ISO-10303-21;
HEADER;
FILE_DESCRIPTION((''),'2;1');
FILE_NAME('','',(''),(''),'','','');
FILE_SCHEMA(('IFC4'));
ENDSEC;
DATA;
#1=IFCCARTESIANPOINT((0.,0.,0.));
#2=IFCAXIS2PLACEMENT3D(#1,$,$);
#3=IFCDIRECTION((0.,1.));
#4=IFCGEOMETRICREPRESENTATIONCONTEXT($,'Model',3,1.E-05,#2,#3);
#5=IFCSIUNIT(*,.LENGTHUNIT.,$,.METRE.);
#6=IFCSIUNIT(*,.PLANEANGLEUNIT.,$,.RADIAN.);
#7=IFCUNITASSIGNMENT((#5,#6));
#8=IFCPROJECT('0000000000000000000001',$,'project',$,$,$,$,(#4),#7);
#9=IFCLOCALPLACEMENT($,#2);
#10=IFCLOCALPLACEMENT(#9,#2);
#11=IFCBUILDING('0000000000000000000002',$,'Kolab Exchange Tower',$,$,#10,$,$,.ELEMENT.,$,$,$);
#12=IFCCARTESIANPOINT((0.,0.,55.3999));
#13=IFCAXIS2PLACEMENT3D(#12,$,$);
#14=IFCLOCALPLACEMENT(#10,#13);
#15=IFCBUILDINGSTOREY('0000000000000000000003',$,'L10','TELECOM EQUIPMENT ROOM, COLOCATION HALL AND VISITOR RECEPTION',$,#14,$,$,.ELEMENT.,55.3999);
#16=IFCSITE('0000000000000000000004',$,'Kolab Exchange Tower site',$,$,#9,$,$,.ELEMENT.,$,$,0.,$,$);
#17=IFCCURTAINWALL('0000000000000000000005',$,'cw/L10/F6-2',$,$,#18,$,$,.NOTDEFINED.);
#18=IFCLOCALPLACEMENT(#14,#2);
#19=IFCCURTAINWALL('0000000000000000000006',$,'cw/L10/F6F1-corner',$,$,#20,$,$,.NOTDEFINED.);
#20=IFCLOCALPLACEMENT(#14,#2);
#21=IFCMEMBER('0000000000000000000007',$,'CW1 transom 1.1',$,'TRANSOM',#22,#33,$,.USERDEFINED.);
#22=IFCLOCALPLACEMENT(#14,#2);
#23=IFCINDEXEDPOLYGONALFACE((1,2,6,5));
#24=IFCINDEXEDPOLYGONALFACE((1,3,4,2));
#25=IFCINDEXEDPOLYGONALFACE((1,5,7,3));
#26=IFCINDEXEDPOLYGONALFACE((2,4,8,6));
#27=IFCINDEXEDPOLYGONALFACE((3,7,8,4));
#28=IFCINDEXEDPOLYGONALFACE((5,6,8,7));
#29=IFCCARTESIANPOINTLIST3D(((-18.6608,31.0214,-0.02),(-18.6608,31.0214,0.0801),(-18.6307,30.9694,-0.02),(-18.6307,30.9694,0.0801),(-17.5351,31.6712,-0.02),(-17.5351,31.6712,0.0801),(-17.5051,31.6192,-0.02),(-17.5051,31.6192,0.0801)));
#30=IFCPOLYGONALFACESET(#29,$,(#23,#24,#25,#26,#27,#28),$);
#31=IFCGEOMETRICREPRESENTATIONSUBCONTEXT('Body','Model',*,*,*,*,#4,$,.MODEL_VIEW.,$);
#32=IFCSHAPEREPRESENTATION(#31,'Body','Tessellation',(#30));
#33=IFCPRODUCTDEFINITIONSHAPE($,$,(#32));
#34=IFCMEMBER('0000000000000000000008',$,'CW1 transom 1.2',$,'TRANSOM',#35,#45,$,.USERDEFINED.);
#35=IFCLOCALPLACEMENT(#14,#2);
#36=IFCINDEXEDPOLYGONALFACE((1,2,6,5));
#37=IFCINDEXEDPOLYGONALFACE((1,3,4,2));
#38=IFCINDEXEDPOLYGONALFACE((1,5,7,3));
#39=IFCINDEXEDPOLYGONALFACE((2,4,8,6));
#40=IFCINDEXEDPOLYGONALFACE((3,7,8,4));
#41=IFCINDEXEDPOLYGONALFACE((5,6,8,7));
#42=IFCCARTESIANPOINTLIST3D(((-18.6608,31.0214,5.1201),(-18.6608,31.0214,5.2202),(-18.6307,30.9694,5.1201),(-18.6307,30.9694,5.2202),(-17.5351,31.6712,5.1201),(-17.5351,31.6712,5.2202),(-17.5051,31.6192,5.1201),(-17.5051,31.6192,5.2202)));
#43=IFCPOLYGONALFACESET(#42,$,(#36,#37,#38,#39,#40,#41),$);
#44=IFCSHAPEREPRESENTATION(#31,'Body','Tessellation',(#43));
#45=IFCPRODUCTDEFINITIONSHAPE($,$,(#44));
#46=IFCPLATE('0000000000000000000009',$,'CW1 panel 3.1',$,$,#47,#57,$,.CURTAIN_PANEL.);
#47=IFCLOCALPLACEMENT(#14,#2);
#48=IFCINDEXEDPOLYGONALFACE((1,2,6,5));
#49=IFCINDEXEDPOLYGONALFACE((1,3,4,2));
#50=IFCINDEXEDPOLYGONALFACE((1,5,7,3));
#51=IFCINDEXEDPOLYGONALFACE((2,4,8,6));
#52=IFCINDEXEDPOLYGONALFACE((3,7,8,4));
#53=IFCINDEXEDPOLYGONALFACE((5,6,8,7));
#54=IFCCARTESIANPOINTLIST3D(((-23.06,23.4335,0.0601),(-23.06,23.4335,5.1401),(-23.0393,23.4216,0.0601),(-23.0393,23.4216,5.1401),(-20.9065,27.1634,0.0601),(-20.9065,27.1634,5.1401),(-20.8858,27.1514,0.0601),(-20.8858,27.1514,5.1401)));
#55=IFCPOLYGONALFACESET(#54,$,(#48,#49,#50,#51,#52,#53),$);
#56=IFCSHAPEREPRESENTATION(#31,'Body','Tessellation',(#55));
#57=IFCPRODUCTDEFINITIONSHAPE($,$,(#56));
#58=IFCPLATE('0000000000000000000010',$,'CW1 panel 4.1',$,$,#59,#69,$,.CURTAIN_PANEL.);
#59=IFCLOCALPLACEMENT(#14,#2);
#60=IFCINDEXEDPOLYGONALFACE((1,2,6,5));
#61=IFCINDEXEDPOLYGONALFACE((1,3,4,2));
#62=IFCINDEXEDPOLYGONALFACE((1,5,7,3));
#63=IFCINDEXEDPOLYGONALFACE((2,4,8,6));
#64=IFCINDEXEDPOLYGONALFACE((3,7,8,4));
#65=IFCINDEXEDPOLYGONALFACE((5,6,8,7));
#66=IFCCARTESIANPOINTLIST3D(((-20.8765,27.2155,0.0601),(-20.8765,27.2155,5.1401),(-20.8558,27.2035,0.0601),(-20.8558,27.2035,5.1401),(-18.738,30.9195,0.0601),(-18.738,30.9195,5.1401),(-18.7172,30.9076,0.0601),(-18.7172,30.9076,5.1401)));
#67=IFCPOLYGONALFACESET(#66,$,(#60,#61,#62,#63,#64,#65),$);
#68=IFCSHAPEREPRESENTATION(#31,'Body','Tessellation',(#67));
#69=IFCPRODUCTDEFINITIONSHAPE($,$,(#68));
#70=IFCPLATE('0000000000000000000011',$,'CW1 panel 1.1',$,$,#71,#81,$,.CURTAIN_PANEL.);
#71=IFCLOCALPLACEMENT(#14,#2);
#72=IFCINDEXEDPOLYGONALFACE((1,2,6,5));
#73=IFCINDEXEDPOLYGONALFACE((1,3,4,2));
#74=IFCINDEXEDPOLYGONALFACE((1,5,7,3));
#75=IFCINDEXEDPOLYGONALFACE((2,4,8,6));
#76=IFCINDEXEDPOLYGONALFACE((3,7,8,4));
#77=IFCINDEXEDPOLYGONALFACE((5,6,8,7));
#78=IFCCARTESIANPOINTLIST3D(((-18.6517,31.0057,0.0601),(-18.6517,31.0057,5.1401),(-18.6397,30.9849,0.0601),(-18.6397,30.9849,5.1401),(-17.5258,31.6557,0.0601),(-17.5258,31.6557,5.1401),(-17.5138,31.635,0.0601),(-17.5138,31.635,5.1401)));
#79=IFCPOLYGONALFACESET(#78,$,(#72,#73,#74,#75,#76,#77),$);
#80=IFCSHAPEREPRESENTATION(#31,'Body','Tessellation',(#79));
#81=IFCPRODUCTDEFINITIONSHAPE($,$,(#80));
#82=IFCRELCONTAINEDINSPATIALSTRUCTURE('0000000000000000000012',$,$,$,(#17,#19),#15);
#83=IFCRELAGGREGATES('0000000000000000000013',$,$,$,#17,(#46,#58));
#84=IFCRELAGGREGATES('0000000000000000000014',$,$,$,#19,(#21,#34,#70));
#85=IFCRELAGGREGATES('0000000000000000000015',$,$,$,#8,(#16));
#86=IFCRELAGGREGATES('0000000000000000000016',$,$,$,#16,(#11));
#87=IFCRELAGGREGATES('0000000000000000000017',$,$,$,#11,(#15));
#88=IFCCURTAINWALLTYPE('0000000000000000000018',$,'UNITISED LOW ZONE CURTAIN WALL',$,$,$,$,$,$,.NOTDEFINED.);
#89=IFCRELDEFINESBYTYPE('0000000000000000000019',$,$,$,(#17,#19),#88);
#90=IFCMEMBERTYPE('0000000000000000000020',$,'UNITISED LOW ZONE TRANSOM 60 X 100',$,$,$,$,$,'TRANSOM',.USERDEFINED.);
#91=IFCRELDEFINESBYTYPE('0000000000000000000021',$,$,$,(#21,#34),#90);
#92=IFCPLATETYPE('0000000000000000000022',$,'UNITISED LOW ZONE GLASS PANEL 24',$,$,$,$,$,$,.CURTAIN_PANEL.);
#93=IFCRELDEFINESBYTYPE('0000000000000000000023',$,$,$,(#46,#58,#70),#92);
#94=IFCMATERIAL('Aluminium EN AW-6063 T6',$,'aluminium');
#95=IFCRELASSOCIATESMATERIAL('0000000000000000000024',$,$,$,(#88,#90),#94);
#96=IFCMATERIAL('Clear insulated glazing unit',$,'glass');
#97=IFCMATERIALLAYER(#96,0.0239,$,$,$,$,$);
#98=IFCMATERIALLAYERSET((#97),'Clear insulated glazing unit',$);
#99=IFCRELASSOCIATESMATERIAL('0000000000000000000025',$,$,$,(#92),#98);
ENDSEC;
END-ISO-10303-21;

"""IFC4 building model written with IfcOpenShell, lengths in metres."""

from ifc_helpers import new_model, si_unit, direction, frame, origin, origin_2d, place, context, subcontext, project, spatial, rectangle, extrude, material, layer, layer_set, material_profile, profile_set, type_object, element, aggregate, save


model = new_model("IFC4")

# Units and contexts
model_context = context("Model", 3, precision=1e-05, world=origin(), true_north=direction((0.0, 1.0)))
body_context = subcontext(model_context, "Body", "Model", "MODEL_VIEW")
ifc_project = project(units=[si_unit("LENGTHUNIT", "METRE"), si_unit("PLANEANGLEUNIT", "RADIAN")], contexts=[model_context])

# Site, building, storey
site_placement = place(None, origin())
site = spatial("IfcSite", under=ifc_project, at=site_placement, Name="Kolab Exchange Tower site", CompositionType="ELEMENT", RefElevation=0.0)
building_placement = place(site_placement, origin())
building = spatial("IfcBuilding", under=site, at=building_placement, Name="Kolab Exchange Tower", CompositionType="ELEMENT")
storey_placement = place(building_placement, frame((0.0, 0.0, 55.3999)))
storey = spatial("IfcBuildingStorey", under=building, at=storey_placement, Name="L10", Description="TELECOM EQUIPMENT ROOM, COLOCATION HALL AND VISITOR RECEPTION", CompositionType="ELEMENT", Elevation=55.3999)

# Curtain walls
ifc_material_1 = material(Name="Aluminium EN AW-6063 T6", Category="aluminium")
curtain_wall_type = type_object("IfcCurtainWallType", Name="UNITISED LOW ZONE CURTAIN WALL", PredefinedType="NOTDEFINED", material=ifc_material_1)
curtain_wall_1_placement = place(storey_placement, origin())
curtain_wall_1 = element("IfcCurtainWall", 1, at=curtain_wall_1_placement, inside=storey, type_object=curtain_wall_type, Name="cw/L10/F6-2", PredefinedType="NOTDEFINED")
curtain_wall_2_placement = place(storey_placement, origin())
curtain_wall_2 = element("IfcCurtainWall", 2, at=curtain_wall_2_placement, inside=storey, type_object=curtain_wall_type, Name="cw/L10/F6F1-corner", PredefinedType="NOTDEFINED")

# Members
ifc_material_profile_1 = material_profile(ifc_material_1, rectangle(XDim=0.0601, YDim=0.1001, at=origin_2d()), Name="RECT 60X100")
ifc_profile_set_1 = profile_set([ifc_material_profile_1], Name="Aluminium EN AW-6063 T6")
member_type_1 = type_object("IfcMemberType", Name="UNITISED LOW ZONE TRANSOM 60 X 100", ElementType="TRANSOM", PredefinedType="USERDEFINED", material=ifc_profile_set_1)
member_1_placement = place(storey_placement, frame((-18.6458, 30.9954, 0.03), z_axis=(0.866039, 0.499977, 0.0), x_axis=(-0.499977, 0.866039, 0.0)))
member_1 = element("IfcMember", 3, at=member_1_placement, type_object=member_type_1, Name="CW1 transom 1.1", ObjectType="TRANSOM", PredefinedType="USERDEFINED", context=body_context, shape_type="SweptSolid", body=[
    extrude(rectangle(XDim=0.0601, YDim=0.1001, at=origin_2d()), origin(), (0.0, 0.0, 1.0), 1.2998),
])
member_2_placement = place(storey_placement, frame((-18.6458, 30.9954, 5.1702), z_axis=(0.866039, 0.499977, 0.0), x_axis=(-0.499977, 0.866039, 0.0)))
member_2 = element("IfcMember", 4, at=member_2_placement, type_object=member_type_1, Name="CW1 transom 1.2", ObjectType="TRANSOM", PredefinedType="USERDEFINED", context=body_context, shape_type="SweptSolid", body=[
    extrude(rectangle(XDim=0.0601, YDim=0.1001, at=origin_2d()), origin(), (0.0, 0.0, 1.0), 1.2998),
])

# Plates
ifc_material_2 = material(Name="Clear insulated glazing unit", Category="glass")
ifc_layer = layer(ifc_material_2, 0.0239)
ifc_layer_set = layer_set([ifc_layer], Name="Clear insulated glazing unit")
plate_type = type_object("IfcPlateType", Name="UNITISED LOW ZONE GLASS PANEL 24", PredefinedType="CURTAIN_PANEL", material=ifc_layer_set)
plate_1_placement = place(storey_placement, frame((-21.9729, 25.2925, 0.0601), z_axis=(0.0, 0.0, 1.0), x_axis=(0.5, 0.866025, 0.0)))
plate_1 = element("IfcPlate", 5, at=plate_1_placement, type_object=plate_type, Name="CW1 panel 3.1", PredefinedType="CURTAIN_PANEL", context=body_context, shape_type="SweptSolid", body=[
    extrude(rectangle(XDim=4.3069, YDim=0.0239, at=origin_2d()), origin(), (0.0, 0.0, 1.0), 5.0801),
])
plate_2_placement = place(storey_placement, frame((-19.7969, 29.0615, 0.0601), z_axis=(0.0, 0.0, 1.0), x_axis=(0.5, 0.866025, 0.0)))
plate_2 = element("IfcPlate", 6, at=plate_2_placement, type_object=plate_type, Name="CW1 panel 4.1", PredefinedType="CURTAIN_PANEL", context=body_context, shape_type="SweptSolid", body=[
    extrude(rectangle(XDim=4.2771, YDim=0.0239, at=origin_2d()), origin(), (0.0, 0.0, 1.0), 5.0801),
])
aggregate(curtain_wall_1, [plate_1, plate_2])
plate_3_placement = place(storey_placement, frame((-18.0828, 31.3203, 0.0601), z_axis=(0.0, 0.0, 1.0), x_axis=(0.866025, 0.5, 0.0)))
plate_3 = element("IfcPlate", 7, at=plate_3_placement, type_object=plate_type, Name="CW1 panel 1.1", PredefinedType="CURTAIN_PANEL", context=body_context, shape_type="SweptSolid", body=[
    extrude(rectangle(XDim=1.3, YDim=0.0239, at=origin_2d()), origin(), (0.0, 0.0, 1.0), 5.0801),
])
aggregate(curtain_wall_2, [member_1, member_2, plate_3])

save(model, "model.ifc")
